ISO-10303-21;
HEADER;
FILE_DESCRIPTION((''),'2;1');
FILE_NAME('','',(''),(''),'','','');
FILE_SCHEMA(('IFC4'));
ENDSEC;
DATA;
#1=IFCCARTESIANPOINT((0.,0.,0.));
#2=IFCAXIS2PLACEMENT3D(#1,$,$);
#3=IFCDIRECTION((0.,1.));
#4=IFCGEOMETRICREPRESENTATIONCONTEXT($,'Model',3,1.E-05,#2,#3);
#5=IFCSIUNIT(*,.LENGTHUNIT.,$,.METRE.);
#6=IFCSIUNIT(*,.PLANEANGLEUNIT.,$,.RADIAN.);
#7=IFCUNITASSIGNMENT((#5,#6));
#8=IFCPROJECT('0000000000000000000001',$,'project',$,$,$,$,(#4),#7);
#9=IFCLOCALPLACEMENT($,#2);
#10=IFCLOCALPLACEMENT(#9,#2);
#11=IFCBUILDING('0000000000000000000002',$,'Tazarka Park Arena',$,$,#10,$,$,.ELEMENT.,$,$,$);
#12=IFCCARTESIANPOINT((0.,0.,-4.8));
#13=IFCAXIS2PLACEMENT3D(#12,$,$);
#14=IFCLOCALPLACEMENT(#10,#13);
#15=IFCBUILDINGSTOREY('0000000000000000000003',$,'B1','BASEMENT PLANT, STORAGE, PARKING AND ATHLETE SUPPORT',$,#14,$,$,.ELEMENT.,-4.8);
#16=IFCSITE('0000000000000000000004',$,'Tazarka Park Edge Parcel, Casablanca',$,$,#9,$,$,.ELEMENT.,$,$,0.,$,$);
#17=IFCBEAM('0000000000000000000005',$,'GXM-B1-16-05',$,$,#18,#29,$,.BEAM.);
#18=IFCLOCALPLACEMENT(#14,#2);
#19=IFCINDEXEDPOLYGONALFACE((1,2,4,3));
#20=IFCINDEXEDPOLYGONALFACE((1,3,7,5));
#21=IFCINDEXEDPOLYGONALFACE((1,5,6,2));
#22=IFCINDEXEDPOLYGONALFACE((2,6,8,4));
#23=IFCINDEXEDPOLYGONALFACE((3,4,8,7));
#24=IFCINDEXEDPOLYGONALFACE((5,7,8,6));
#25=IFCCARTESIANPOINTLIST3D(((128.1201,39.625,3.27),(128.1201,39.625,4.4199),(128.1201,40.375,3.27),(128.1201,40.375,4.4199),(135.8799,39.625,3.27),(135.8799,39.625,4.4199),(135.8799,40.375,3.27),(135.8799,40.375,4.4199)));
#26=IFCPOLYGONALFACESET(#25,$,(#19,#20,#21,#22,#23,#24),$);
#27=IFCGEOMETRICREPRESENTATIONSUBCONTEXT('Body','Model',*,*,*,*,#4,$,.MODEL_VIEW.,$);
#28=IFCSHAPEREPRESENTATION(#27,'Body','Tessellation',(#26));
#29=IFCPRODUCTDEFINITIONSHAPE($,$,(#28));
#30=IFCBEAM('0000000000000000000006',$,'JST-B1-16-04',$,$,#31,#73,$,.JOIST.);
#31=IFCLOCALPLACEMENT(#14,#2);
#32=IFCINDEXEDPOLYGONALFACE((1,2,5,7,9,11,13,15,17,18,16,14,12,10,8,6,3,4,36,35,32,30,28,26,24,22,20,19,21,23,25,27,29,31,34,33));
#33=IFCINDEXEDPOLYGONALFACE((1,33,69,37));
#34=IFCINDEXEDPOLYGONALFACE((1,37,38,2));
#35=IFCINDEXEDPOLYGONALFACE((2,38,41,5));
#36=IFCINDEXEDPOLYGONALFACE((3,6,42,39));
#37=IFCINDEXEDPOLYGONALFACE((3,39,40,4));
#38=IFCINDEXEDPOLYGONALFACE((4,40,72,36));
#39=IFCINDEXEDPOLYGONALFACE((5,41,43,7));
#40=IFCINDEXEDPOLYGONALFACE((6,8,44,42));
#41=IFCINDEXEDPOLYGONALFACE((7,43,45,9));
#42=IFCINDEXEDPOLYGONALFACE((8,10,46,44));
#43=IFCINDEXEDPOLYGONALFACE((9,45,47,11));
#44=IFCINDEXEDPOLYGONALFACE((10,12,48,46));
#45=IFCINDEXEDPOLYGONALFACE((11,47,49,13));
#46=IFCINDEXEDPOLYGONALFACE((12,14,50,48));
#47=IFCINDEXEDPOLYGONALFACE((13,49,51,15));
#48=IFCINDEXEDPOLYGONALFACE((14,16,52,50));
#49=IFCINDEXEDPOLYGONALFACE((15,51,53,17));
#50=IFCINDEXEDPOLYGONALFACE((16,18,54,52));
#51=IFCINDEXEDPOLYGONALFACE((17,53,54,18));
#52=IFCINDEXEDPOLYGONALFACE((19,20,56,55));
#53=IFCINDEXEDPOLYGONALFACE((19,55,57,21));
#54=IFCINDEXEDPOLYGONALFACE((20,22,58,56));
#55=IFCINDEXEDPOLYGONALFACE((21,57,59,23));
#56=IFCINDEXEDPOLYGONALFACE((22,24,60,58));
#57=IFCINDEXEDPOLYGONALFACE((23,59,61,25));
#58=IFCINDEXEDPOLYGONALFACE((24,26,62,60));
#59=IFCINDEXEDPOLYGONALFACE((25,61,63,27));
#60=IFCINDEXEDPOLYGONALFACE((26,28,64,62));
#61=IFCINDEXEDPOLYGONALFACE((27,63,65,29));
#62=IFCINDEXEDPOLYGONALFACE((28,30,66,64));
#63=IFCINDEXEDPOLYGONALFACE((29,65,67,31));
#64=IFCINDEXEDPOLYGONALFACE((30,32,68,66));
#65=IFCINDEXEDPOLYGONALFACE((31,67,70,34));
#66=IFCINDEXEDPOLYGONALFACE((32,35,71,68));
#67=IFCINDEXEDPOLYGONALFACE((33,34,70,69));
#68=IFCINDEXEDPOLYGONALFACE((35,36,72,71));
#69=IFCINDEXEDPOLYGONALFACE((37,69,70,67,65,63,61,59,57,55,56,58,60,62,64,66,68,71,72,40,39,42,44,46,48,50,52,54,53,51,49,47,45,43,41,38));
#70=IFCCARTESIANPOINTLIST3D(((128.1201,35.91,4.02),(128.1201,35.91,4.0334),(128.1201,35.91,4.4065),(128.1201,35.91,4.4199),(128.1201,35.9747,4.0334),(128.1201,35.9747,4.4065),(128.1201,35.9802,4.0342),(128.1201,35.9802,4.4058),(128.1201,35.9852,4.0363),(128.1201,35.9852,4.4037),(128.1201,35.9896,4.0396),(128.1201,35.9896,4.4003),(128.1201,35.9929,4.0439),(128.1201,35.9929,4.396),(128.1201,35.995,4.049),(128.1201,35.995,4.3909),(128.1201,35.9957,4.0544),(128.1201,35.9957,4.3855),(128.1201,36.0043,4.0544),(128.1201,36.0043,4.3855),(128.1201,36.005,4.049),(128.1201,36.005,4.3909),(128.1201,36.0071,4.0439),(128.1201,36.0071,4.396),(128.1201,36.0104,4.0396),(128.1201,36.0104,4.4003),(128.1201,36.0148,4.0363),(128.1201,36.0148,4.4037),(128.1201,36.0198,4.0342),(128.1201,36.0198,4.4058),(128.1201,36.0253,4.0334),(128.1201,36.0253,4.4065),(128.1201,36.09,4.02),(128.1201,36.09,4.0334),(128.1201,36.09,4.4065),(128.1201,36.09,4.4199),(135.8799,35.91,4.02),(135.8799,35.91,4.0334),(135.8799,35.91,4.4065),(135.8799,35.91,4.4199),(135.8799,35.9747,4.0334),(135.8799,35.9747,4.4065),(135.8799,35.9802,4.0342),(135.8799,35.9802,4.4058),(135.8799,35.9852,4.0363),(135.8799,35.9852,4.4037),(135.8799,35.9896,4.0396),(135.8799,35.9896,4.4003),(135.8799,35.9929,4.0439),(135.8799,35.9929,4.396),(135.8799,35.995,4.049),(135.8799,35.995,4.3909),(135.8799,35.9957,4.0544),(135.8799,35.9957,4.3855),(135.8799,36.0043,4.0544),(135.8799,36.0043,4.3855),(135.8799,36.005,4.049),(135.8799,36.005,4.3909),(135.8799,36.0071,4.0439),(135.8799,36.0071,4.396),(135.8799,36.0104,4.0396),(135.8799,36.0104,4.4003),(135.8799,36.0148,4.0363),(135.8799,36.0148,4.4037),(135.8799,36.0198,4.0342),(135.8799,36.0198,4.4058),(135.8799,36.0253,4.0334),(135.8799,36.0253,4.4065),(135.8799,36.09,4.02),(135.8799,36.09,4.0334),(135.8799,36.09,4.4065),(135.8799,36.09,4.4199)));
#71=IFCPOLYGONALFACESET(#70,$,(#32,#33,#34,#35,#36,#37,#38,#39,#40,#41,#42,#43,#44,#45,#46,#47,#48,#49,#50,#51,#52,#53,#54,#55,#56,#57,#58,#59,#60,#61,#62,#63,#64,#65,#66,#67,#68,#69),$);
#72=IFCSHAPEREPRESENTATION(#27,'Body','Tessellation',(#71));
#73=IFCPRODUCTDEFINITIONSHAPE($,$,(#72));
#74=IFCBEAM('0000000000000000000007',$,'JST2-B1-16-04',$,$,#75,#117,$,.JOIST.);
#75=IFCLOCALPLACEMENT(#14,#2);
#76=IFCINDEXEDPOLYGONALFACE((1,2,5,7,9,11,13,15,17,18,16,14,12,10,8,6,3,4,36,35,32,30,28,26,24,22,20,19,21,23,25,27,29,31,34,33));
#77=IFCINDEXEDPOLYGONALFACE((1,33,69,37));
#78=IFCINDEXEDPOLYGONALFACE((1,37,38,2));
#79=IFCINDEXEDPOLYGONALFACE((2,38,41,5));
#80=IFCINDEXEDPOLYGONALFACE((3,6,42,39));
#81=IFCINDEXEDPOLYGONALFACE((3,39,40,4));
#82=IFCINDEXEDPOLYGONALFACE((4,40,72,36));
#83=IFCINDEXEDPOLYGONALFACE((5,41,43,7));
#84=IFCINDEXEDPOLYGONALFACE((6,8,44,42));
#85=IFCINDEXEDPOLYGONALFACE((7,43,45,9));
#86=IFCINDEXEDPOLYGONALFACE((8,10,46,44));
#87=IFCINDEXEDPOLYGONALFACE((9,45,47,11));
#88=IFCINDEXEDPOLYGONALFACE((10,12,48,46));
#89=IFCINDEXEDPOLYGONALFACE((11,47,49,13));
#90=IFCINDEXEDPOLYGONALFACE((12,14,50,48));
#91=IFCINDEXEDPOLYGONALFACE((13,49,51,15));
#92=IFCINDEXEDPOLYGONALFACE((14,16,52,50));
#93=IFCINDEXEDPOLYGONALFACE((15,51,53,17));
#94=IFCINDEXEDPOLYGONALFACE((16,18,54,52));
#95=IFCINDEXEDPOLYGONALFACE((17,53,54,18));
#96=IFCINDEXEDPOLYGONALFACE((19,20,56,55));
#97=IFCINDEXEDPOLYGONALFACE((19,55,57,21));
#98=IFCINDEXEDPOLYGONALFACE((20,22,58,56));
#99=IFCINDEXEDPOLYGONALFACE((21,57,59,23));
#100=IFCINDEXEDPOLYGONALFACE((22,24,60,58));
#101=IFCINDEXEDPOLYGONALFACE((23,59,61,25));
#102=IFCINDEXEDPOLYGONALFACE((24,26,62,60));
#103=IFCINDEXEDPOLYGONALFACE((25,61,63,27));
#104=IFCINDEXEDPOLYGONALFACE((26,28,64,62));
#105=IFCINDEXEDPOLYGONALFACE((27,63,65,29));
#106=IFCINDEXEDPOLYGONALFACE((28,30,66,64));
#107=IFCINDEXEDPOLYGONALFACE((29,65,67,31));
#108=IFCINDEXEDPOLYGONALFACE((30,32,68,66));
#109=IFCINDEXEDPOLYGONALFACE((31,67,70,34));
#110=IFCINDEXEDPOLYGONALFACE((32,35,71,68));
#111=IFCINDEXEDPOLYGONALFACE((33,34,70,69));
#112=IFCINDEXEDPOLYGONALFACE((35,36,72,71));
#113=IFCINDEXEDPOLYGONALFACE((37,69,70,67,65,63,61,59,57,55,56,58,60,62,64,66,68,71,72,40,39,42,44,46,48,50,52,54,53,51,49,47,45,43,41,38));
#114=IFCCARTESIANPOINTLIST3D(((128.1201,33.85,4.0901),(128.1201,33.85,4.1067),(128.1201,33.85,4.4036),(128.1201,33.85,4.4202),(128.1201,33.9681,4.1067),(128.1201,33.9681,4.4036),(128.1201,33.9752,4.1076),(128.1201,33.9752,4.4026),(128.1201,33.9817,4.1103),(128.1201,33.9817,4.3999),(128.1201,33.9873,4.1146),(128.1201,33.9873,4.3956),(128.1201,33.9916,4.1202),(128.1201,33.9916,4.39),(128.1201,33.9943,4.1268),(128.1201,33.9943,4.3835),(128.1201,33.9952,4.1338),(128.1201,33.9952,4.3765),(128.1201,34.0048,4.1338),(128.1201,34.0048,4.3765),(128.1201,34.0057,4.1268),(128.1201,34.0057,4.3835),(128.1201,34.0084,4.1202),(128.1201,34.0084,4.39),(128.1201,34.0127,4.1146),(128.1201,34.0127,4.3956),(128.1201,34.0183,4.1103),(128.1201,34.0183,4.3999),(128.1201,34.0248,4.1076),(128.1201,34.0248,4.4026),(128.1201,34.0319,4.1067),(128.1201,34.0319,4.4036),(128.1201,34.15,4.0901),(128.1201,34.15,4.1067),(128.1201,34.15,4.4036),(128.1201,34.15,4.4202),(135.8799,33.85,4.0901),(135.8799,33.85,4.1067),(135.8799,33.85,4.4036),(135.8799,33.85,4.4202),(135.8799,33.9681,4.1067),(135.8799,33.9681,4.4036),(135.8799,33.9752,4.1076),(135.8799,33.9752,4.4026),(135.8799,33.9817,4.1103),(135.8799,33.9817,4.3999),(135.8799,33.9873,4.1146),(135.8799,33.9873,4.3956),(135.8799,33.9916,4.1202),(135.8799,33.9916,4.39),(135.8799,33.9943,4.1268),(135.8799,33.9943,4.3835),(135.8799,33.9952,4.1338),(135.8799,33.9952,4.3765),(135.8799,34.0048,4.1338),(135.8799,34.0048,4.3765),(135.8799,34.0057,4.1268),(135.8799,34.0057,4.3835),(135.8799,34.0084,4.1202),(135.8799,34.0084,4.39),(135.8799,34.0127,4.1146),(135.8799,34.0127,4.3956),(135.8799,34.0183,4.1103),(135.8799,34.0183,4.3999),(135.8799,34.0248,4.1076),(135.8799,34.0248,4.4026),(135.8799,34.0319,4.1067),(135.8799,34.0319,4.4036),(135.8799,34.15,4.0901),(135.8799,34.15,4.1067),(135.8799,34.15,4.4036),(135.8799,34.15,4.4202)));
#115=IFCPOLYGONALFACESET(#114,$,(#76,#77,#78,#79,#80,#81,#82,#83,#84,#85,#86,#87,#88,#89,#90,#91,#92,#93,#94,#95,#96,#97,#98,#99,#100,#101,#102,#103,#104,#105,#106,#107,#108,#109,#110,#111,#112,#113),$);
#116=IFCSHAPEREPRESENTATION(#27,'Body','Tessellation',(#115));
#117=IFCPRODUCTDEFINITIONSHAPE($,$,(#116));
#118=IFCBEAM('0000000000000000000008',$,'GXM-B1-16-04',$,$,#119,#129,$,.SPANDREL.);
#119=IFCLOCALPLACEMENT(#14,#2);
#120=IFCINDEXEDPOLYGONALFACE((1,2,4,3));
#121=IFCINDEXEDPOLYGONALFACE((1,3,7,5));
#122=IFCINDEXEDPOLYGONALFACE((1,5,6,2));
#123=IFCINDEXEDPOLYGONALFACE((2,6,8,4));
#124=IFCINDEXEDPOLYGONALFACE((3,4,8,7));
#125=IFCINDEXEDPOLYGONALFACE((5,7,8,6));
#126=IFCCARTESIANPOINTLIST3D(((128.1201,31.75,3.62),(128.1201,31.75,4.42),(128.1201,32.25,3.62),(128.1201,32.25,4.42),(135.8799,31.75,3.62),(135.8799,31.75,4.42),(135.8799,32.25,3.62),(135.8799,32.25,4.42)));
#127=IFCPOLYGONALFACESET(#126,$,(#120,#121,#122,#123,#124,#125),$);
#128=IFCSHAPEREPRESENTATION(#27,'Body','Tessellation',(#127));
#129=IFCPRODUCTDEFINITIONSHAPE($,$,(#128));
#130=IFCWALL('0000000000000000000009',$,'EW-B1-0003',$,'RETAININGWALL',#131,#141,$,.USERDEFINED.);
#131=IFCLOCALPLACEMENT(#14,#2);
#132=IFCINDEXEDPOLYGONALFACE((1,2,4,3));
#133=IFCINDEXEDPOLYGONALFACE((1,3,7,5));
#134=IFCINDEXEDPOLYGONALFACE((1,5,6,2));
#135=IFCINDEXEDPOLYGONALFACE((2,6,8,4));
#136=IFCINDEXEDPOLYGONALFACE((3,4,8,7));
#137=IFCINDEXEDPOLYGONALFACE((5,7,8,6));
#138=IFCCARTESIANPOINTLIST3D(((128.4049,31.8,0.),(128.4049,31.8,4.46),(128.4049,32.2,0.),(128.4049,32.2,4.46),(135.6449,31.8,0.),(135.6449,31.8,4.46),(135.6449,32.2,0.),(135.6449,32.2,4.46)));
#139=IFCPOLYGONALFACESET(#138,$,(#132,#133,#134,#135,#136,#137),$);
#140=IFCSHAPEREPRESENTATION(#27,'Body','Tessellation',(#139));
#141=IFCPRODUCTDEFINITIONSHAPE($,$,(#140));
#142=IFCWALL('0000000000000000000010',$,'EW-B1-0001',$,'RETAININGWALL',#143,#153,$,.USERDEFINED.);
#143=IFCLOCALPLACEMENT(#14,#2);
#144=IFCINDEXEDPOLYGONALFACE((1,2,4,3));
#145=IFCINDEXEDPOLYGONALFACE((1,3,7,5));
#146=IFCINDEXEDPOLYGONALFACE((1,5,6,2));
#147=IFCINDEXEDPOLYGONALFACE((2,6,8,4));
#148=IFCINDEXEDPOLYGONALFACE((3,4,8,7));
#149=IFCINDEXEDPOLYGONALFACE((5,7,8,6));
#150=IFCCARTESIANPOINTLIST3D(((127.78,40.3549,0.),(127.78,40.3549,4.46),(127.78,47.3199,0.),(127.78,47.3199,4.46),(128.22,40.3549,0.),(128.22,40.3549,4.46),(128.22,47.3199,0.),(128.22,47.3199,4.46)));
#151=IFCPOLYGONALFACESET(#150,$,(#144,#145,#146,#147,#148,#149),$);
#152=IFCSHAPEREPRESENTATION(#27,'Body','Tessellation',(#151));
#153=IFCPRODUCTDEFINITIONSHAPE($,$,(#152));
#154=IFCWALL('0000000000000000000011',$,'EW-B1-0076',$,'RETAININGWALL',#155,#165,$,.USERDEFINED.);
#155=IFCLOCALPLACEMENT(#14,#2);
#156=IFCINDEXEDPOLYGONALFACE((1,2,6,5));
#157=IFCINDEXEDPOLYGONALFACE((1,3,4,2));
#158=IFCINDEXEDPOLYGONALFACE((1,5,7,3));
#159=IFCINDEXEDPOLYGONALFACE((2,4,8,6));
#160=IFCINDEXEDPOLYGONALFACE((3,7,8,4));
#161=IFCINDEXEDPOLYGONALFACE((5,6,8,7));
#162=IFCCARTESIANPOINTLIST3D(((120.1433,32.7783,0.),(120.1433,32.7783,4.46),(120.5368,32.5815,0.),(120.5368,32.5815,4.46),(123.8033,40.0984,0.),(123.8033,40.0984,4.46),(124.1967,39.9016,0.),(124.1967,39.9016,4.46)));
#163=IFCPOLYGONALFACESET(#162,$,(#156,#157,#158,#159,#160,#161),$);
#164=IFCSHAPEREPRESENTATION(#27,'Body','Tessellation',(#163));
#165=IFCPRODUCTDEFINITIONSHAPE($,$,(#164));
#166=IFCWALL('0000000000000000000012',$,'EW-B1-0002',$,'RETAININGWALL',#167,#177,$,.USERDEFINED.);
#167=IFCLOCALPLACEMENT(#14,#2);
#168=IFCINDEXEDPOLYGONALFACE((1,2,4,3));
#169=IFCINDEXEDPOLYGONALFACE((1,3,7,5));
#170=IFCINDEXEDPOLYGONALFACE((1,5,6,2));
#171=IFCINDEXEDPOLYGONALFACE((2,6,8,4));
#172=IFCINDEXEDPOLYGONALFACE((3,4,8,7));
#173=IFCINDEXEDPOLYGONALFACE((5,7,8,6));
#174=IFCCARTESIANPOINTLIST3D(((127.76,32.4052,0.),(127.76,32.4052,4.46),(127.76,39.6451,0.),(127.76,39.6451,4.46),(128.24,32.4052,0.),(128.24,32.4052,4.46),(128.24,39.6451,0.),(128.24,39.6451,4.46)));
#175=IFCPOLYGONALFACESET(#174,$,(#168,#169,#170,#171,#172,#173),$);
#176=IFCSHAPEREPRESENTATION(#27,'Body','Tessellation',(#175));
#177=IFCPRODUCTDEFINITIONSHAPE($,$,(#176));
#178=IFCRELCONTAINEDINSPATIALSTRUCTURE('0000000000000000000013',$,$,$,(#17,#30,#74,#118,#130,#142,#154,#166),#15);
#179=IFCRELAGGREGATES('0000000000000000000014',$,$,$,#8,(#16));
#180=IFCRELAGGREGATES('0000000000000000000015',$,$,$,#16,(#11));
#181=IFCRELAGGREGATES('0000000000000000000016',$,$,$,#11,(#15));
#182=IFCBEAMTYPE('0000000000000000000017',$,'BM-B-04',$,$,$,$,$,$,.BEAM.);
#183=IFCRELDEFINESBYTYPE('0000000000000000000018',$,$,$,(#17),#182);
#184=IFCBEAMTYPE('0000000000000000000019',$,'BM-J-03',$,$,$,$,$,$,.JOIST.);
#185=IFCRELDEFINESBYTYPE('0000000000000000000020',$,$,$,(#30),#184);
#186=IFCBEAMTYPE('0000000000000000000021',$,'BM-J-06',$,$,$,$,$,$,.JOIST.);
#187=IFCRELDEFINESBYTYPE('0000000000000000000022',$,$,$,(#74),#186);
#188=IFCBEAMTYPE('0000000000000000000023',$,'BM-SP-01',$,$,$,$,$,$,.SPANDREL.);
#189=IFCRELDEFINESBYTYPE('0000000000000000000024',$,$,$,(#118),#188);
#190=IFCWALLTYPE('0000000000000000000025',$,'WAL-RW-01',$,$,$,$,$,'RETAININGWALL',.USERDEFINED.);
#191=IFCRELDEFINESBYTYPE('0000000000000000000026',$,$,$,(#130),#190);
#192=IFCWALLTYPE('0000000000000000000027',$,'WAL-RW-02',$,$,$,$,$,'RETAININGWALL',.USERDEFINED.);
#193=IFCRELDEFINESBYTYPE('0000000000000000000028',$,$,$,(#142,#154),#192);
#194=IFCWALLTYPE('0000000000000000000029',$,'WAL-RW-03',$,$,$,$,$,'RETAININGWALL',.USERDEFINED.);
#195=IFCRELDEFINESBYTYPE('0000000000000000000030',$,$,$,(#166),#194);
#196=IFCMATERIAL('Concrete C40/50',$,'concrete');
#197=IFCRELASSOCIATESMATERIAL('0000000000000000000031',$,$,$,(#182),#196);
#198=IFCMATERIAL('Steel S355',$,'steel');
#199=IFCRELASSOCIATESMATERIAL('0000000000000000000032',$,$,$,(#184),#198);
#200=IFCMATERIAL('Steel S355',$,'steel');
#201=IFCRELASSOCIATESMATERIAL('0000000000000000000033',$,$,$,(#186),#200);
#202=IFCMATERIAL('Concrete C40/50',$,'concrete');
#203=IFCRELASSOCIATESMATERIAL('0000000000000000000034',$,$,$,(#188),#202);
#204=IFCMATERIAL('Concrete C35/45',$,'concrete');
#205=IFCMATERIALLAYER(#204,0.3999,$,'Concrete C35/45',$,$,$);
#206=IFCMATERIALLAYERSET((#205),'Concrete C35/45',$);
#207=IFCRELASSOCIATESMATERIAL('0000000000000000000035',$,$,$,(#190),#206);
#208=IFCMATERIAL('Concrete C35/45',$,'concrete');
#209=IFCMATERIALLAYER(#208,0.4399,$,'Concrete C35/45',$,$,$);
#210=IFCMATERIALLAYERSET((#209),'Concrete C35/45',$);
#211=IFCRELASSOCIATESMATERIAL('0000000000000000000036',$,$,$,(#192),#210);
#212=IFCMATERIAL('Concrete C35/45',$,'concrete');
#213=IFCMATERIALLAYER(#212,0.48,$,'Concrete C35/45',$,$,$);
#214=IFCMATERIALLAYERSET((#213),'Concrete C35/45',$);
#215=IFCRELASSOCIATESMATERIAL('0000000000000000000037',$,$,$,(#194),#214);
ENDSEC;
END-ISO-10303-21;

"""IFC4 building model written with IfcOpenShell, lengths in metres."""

from ifc_helpers import new_model, si_unit, direction, frame, frame_2d, origin, origin_2d, place, context, subcontext, project, spatial, rectangle, i_section, extrude, material, layer, layer_set, material_profile, profile_set, type_object, element, save


model = new_model("IFC4")

# Units and contexts
model_context = context("Model", 3, precision=1e-05, world=origin(), true_north=direction((0.0, 1.0)))
body_context = subcontext(model_context, "Body", "Model", "MODEL_VIEW")
ifc_project = project(units=[si_unit("LENGTHUNIT", "METRE"), si_unit("PLANEANGLEUNIT", "RADIAN")], contexts=[model_context])

# Site, building, storey
site_placement = place(None, origin())
site = spatial("IfcSite", under=ifc_project, at=site_placement, Name="Tazarka Park Edge Parcel, Casablanca", CompositionType="ELEMENT", RefElevation=0.0)
building_placement = place(site_placement, origin())
building = spatial("IfcBuilding", under=site, at=building_placement, Name="Tazarka Park Arena", CompositionType="ELEMENT")
storey_placement = place(building_placement, frame((0.0, 0.0, -4.8)))
storey = spatial("IfcBuildingStorey", under=building, at=storey_placement, Name="B1", Description="BASEMENT PLANT, STORAGE, PARKING AND ATHLETE SUPPORT", CompositionType="ELEMENT", Elevation=-4.8)

# Beams
ifc_material_1 = material(Name="Concrete C40/50", Category="concrete")
ifc_material_profile_1 = material_profile(ifc_material_1, rectangle(XDim=0.75, YDim=1.1499, at=origin_2d()), Name="Concrete C40/50")
ifc_profile_set_1 = profile_set([ifc_material_profile_1], Name="Concrete C40/50")
beam_type_1 = type_object("IfcBeamType", Name="BM-B-04", PredefinedType="BEAM", material=ifc_profile_set_1)
beam_1_placement = place(storey_placement, frame((128.1201, 40.0, 3.845), z_axis=(1.0, 0.0, 0.0), x_axis=(0.0, 1.0, 0.0)))
element("IfcBeam", 1, at=beam_1_placement, inside=storey, type_object=beam_type_1, Name="GXM-B1-16-05", PredefinedType="BEAM", context=body_context, shape_type="SweptSolid", body=[
    extrude(rectangle(XDim=0.75, YDim=1.1499, at=origin_2d()), origin(), (0.0, 0.0, 1.0), 7.7598),
])
ifc_material_2 = material(Name="Steel S355", Category="steel")
ifc_material_profile_2 = material_profile(ifc_material_2, i_section(OverallWidth=0.1799, OverallDepth=0.3999, WebThickness=0.0085, FlangeThickness=0.0134, FilletRadius=0.021, at=origin_2d()), Name="Steel S355")
ifc_profile_set_2 = profile_set([ifc_material_profile_2], Name="Steel S355")
beam_type_2 = type_object("IfcBeamType", Name="BM-J-03", PredefinedType="JOIST", material=ifc_profile_set_2)
beam_2_placement = place(storey_placement, frame((128.1201, 36.0, 4.22), z_axis=(1.0, 0.0, 0.0), x_axis=(0.0, 1.0, 0.0)))
element("IfcBeam", 2, at=beam_2_placement, inside=storey, type_object=beam_type_2, Name="JST-B1-16-04", PredefinedType="JOIST", context=body_context, shape_type="SweptSolid", body=[
    extrude(i_section(OverallWidth=0.1799, OverallDepth=0.3999, WebThickness=0.0085, FlangeThickness=0.0134, FilletRadius=0.021, at=origin_2d()), origin(), (0.0, 0.0, 1.0), 7.7598),
])
ifc_material_3 = material(Name="Steel S355", Category="steel")
ifc_material_profile_3 = material_profile(ifc_material_3, i_section(OverallWidth=0.3, OverallDepth=0.3301, WebThickness=0.0095, FlangeThickness=0.0166, FilletRadius=0.0271, at=origin_2d()), Name="Steel S355")
ifc_profile_set_3 = profile_set([ifc_material_profile_3], Name="Steel S355")
beam_type_3 = type_object("IfcBeamType", Name="BM-J-06", PredefinedType="JOIST", material=ifc_profile_set_3)
beam_3_placement = place(storey_placement, frame((128.1201, 34.0, 4.2551), z_axis=(1.0, 0.0, 0.0), x_axis=(0.0, 1.0, 0.0)))
element("IfcBeam", 3, at=beam_3_placement, inside=storey, type_object=beam_type_3, Name="JST2-B1-16-04", PredefinedType="JOIST", context=body_context, shape_type="SweptSolid", body=[
    extrude(i_section(OverallWidth=0.3, OverallDepth=0.3301, WebThickness=0.0095, FlangeThickness=0.0166, FilletRadius=0.0271, at=origin_2d()), origin(), (0.0, 0.0, 1.0), 7.7598),
])
ifc_material_4 = material(Name="Concrete C40/50", Category="concrete")
ifc_material_profile_4 = material_profile(ifc_material_4, rectangle(XDim=0.5, YDim=0.8, at=origin_2d()), Name="Concrete C40/50")
ifc_profile_set_4 = profile_set([ifc_material_profile_4], Name="Concrete C40/50")
beam_type_4 = type_object("IfcBeamType", Name="BM-SP-01", PredefinedType="SPANDREL", material=ifc_profile_set_4)
beam_4_placement = place(storey_placement, frame((128.1201, 32.0, 4.02), z_axis=(1.0, 0.0, 0.0), x_axis=(0.0, 1.0, 0.0)))
element("IfcBeam", 4, at=beam_4_placement, inside=storey, type_object=beam_type_4, Name="GXM-B1-16-04", PredefinedType="SPANDREL", context=body_context, shape_type="SweptSolid", body=[
    extrude(rectangle(XDim=0.5, YDim=0.8, at=origin_2d()), origin(), (0.0, 0.0, 1.0), 7.7598),
])

# Walls
ifc_material_5 = material(Name="Concrete C35/45", Category="concrete")
ifc_layer_1 = layer(ifc_material_5, 0.3999, Name="Concrete C35/45")
ifc_layer_set_1 = layer_set([ifc_layer_1], Name="Concrete C35/45")
wall_type_1 = type_object("IfcWallType", Name="WAL-RW-01", ElementType="RETAININGWALL", PredefinedType="USERDEFINED", material=ifc_layer_set_1)
wall_1_placement = place(storey_placement, frame((135.645, 32.0, 0.0), z_axis=(0.0, 0.0, 1.0), x_axis=(-1.0, 0.0, 0.0)))
element("IfcWall", 5, at=wall_1_placement, inside=storey, type_object=wall_type_1, Name="EW-B1-0003", ObjectType="RETAININGWALL", PredefinedType="USERDEFINED", context=body_context, shape_type="SweptSolid", body=[
    extrude(rectangle(XDim=7.24, YDim=0.3999, at=frame_2d((3.6201, 0.0))), origin(), (0.0, 0.0, 1.0), 4.46),
])
ifc_material_6 = material(Name="Concrete C35/45", Category="concrete")
ifc_layer_2 = layer(ifc_material_6, 0.4399, Name="Concrete C35/45")
ifc_layer_set_2 = layer_set([ifc_layer_2], Name="Concrete C35/45")
wall_type_2 = type_object("IfcWallType", Name="WAL-RW-02", ElementType="RETAININGWALL", PredefinedType="USERDEFINED", material=ifc_layer_set_2)
wall_2_placement = place(storey_placement, frame((128.0, 40.355, 0.0), z_axis=(0.0, 0.0, 1.0), x_axis=(0.0, 1.0, 0.0)))
element("IfcWall", 6, at=wall_2_placement, inside=storey, type_object=wall_type_2, Name="EW-B1-0001", ObjectType="RETAININGWALL", PredefinedType="USERDEFINED", context=body_context, shape_type="SweptSolid", body=[
    extrude(rectangle(XDim=6.9651, YDim=0.4399, at=frame_2d((3.4824, 0.0))), origin(), (0.0, 0.0, 1.0), 4.46),
])
wall_3_placement = place(storey_placement, frame((124.0, 40.0, 0.0), z_axis=(0.0, 0.0, 1.0), x_axis=(-0.447202, -0.894433, 0.0)))
element("IfcWall", 7, at=wall_3_placement, inside=storey, type_object=wall_type_2, Name="EW-B1-0076", ObjectType="RETAININGWALL", PredefinedType="USERDEFINED", context=body_context, shape_type="SweptSolid", body=[
    extrude(rectangle(XDim=8.1841, YDim=0.4399, at=frame_2d((4.092, 0.0))), origin(), (0.0, 0.0, 1.0), 4.46),
])
ifc_material_7 = material(Name="Concrete C35/45", Category="concrete")
ifc_layer_3 = layer(ifc_material_7, 0.48, Name="Concrete C35/45")
ifc_layer_set_3 = layer_set([ifc_layer_3], Name="Concrete C35/45")
wall_type_3 = type_object("IfcWallType", Name="WAL-RW-03", ElementType="RETAININGWALL", PredefinedType="USERDEFINED", material=ifc_layer_set_3)
wall_4_placement = place(storey_placement, frame((128.0, 32.405, 0.0), z_axis=(0.0, 0.0, 1.0), x_axis=(0.0, 1.0, 0.0)))
element("IfcWall", 8, at=wall_4_placement, inside=storey, type_object=wall_type_3, Name="EW-B1-0002", ObjectType="RETAININGWALL", PredefinedType="USERDEFINED", context=body_context, shape_type="SweptSolid", body=[
    extrude(rectangle(XDim=7.24, YDim=0.48, at=frame_2d((3.6201, 0.0))), origin(), (0.0, 0.0, 1.0), 4.46),
])

save(model, "model.ifc")
